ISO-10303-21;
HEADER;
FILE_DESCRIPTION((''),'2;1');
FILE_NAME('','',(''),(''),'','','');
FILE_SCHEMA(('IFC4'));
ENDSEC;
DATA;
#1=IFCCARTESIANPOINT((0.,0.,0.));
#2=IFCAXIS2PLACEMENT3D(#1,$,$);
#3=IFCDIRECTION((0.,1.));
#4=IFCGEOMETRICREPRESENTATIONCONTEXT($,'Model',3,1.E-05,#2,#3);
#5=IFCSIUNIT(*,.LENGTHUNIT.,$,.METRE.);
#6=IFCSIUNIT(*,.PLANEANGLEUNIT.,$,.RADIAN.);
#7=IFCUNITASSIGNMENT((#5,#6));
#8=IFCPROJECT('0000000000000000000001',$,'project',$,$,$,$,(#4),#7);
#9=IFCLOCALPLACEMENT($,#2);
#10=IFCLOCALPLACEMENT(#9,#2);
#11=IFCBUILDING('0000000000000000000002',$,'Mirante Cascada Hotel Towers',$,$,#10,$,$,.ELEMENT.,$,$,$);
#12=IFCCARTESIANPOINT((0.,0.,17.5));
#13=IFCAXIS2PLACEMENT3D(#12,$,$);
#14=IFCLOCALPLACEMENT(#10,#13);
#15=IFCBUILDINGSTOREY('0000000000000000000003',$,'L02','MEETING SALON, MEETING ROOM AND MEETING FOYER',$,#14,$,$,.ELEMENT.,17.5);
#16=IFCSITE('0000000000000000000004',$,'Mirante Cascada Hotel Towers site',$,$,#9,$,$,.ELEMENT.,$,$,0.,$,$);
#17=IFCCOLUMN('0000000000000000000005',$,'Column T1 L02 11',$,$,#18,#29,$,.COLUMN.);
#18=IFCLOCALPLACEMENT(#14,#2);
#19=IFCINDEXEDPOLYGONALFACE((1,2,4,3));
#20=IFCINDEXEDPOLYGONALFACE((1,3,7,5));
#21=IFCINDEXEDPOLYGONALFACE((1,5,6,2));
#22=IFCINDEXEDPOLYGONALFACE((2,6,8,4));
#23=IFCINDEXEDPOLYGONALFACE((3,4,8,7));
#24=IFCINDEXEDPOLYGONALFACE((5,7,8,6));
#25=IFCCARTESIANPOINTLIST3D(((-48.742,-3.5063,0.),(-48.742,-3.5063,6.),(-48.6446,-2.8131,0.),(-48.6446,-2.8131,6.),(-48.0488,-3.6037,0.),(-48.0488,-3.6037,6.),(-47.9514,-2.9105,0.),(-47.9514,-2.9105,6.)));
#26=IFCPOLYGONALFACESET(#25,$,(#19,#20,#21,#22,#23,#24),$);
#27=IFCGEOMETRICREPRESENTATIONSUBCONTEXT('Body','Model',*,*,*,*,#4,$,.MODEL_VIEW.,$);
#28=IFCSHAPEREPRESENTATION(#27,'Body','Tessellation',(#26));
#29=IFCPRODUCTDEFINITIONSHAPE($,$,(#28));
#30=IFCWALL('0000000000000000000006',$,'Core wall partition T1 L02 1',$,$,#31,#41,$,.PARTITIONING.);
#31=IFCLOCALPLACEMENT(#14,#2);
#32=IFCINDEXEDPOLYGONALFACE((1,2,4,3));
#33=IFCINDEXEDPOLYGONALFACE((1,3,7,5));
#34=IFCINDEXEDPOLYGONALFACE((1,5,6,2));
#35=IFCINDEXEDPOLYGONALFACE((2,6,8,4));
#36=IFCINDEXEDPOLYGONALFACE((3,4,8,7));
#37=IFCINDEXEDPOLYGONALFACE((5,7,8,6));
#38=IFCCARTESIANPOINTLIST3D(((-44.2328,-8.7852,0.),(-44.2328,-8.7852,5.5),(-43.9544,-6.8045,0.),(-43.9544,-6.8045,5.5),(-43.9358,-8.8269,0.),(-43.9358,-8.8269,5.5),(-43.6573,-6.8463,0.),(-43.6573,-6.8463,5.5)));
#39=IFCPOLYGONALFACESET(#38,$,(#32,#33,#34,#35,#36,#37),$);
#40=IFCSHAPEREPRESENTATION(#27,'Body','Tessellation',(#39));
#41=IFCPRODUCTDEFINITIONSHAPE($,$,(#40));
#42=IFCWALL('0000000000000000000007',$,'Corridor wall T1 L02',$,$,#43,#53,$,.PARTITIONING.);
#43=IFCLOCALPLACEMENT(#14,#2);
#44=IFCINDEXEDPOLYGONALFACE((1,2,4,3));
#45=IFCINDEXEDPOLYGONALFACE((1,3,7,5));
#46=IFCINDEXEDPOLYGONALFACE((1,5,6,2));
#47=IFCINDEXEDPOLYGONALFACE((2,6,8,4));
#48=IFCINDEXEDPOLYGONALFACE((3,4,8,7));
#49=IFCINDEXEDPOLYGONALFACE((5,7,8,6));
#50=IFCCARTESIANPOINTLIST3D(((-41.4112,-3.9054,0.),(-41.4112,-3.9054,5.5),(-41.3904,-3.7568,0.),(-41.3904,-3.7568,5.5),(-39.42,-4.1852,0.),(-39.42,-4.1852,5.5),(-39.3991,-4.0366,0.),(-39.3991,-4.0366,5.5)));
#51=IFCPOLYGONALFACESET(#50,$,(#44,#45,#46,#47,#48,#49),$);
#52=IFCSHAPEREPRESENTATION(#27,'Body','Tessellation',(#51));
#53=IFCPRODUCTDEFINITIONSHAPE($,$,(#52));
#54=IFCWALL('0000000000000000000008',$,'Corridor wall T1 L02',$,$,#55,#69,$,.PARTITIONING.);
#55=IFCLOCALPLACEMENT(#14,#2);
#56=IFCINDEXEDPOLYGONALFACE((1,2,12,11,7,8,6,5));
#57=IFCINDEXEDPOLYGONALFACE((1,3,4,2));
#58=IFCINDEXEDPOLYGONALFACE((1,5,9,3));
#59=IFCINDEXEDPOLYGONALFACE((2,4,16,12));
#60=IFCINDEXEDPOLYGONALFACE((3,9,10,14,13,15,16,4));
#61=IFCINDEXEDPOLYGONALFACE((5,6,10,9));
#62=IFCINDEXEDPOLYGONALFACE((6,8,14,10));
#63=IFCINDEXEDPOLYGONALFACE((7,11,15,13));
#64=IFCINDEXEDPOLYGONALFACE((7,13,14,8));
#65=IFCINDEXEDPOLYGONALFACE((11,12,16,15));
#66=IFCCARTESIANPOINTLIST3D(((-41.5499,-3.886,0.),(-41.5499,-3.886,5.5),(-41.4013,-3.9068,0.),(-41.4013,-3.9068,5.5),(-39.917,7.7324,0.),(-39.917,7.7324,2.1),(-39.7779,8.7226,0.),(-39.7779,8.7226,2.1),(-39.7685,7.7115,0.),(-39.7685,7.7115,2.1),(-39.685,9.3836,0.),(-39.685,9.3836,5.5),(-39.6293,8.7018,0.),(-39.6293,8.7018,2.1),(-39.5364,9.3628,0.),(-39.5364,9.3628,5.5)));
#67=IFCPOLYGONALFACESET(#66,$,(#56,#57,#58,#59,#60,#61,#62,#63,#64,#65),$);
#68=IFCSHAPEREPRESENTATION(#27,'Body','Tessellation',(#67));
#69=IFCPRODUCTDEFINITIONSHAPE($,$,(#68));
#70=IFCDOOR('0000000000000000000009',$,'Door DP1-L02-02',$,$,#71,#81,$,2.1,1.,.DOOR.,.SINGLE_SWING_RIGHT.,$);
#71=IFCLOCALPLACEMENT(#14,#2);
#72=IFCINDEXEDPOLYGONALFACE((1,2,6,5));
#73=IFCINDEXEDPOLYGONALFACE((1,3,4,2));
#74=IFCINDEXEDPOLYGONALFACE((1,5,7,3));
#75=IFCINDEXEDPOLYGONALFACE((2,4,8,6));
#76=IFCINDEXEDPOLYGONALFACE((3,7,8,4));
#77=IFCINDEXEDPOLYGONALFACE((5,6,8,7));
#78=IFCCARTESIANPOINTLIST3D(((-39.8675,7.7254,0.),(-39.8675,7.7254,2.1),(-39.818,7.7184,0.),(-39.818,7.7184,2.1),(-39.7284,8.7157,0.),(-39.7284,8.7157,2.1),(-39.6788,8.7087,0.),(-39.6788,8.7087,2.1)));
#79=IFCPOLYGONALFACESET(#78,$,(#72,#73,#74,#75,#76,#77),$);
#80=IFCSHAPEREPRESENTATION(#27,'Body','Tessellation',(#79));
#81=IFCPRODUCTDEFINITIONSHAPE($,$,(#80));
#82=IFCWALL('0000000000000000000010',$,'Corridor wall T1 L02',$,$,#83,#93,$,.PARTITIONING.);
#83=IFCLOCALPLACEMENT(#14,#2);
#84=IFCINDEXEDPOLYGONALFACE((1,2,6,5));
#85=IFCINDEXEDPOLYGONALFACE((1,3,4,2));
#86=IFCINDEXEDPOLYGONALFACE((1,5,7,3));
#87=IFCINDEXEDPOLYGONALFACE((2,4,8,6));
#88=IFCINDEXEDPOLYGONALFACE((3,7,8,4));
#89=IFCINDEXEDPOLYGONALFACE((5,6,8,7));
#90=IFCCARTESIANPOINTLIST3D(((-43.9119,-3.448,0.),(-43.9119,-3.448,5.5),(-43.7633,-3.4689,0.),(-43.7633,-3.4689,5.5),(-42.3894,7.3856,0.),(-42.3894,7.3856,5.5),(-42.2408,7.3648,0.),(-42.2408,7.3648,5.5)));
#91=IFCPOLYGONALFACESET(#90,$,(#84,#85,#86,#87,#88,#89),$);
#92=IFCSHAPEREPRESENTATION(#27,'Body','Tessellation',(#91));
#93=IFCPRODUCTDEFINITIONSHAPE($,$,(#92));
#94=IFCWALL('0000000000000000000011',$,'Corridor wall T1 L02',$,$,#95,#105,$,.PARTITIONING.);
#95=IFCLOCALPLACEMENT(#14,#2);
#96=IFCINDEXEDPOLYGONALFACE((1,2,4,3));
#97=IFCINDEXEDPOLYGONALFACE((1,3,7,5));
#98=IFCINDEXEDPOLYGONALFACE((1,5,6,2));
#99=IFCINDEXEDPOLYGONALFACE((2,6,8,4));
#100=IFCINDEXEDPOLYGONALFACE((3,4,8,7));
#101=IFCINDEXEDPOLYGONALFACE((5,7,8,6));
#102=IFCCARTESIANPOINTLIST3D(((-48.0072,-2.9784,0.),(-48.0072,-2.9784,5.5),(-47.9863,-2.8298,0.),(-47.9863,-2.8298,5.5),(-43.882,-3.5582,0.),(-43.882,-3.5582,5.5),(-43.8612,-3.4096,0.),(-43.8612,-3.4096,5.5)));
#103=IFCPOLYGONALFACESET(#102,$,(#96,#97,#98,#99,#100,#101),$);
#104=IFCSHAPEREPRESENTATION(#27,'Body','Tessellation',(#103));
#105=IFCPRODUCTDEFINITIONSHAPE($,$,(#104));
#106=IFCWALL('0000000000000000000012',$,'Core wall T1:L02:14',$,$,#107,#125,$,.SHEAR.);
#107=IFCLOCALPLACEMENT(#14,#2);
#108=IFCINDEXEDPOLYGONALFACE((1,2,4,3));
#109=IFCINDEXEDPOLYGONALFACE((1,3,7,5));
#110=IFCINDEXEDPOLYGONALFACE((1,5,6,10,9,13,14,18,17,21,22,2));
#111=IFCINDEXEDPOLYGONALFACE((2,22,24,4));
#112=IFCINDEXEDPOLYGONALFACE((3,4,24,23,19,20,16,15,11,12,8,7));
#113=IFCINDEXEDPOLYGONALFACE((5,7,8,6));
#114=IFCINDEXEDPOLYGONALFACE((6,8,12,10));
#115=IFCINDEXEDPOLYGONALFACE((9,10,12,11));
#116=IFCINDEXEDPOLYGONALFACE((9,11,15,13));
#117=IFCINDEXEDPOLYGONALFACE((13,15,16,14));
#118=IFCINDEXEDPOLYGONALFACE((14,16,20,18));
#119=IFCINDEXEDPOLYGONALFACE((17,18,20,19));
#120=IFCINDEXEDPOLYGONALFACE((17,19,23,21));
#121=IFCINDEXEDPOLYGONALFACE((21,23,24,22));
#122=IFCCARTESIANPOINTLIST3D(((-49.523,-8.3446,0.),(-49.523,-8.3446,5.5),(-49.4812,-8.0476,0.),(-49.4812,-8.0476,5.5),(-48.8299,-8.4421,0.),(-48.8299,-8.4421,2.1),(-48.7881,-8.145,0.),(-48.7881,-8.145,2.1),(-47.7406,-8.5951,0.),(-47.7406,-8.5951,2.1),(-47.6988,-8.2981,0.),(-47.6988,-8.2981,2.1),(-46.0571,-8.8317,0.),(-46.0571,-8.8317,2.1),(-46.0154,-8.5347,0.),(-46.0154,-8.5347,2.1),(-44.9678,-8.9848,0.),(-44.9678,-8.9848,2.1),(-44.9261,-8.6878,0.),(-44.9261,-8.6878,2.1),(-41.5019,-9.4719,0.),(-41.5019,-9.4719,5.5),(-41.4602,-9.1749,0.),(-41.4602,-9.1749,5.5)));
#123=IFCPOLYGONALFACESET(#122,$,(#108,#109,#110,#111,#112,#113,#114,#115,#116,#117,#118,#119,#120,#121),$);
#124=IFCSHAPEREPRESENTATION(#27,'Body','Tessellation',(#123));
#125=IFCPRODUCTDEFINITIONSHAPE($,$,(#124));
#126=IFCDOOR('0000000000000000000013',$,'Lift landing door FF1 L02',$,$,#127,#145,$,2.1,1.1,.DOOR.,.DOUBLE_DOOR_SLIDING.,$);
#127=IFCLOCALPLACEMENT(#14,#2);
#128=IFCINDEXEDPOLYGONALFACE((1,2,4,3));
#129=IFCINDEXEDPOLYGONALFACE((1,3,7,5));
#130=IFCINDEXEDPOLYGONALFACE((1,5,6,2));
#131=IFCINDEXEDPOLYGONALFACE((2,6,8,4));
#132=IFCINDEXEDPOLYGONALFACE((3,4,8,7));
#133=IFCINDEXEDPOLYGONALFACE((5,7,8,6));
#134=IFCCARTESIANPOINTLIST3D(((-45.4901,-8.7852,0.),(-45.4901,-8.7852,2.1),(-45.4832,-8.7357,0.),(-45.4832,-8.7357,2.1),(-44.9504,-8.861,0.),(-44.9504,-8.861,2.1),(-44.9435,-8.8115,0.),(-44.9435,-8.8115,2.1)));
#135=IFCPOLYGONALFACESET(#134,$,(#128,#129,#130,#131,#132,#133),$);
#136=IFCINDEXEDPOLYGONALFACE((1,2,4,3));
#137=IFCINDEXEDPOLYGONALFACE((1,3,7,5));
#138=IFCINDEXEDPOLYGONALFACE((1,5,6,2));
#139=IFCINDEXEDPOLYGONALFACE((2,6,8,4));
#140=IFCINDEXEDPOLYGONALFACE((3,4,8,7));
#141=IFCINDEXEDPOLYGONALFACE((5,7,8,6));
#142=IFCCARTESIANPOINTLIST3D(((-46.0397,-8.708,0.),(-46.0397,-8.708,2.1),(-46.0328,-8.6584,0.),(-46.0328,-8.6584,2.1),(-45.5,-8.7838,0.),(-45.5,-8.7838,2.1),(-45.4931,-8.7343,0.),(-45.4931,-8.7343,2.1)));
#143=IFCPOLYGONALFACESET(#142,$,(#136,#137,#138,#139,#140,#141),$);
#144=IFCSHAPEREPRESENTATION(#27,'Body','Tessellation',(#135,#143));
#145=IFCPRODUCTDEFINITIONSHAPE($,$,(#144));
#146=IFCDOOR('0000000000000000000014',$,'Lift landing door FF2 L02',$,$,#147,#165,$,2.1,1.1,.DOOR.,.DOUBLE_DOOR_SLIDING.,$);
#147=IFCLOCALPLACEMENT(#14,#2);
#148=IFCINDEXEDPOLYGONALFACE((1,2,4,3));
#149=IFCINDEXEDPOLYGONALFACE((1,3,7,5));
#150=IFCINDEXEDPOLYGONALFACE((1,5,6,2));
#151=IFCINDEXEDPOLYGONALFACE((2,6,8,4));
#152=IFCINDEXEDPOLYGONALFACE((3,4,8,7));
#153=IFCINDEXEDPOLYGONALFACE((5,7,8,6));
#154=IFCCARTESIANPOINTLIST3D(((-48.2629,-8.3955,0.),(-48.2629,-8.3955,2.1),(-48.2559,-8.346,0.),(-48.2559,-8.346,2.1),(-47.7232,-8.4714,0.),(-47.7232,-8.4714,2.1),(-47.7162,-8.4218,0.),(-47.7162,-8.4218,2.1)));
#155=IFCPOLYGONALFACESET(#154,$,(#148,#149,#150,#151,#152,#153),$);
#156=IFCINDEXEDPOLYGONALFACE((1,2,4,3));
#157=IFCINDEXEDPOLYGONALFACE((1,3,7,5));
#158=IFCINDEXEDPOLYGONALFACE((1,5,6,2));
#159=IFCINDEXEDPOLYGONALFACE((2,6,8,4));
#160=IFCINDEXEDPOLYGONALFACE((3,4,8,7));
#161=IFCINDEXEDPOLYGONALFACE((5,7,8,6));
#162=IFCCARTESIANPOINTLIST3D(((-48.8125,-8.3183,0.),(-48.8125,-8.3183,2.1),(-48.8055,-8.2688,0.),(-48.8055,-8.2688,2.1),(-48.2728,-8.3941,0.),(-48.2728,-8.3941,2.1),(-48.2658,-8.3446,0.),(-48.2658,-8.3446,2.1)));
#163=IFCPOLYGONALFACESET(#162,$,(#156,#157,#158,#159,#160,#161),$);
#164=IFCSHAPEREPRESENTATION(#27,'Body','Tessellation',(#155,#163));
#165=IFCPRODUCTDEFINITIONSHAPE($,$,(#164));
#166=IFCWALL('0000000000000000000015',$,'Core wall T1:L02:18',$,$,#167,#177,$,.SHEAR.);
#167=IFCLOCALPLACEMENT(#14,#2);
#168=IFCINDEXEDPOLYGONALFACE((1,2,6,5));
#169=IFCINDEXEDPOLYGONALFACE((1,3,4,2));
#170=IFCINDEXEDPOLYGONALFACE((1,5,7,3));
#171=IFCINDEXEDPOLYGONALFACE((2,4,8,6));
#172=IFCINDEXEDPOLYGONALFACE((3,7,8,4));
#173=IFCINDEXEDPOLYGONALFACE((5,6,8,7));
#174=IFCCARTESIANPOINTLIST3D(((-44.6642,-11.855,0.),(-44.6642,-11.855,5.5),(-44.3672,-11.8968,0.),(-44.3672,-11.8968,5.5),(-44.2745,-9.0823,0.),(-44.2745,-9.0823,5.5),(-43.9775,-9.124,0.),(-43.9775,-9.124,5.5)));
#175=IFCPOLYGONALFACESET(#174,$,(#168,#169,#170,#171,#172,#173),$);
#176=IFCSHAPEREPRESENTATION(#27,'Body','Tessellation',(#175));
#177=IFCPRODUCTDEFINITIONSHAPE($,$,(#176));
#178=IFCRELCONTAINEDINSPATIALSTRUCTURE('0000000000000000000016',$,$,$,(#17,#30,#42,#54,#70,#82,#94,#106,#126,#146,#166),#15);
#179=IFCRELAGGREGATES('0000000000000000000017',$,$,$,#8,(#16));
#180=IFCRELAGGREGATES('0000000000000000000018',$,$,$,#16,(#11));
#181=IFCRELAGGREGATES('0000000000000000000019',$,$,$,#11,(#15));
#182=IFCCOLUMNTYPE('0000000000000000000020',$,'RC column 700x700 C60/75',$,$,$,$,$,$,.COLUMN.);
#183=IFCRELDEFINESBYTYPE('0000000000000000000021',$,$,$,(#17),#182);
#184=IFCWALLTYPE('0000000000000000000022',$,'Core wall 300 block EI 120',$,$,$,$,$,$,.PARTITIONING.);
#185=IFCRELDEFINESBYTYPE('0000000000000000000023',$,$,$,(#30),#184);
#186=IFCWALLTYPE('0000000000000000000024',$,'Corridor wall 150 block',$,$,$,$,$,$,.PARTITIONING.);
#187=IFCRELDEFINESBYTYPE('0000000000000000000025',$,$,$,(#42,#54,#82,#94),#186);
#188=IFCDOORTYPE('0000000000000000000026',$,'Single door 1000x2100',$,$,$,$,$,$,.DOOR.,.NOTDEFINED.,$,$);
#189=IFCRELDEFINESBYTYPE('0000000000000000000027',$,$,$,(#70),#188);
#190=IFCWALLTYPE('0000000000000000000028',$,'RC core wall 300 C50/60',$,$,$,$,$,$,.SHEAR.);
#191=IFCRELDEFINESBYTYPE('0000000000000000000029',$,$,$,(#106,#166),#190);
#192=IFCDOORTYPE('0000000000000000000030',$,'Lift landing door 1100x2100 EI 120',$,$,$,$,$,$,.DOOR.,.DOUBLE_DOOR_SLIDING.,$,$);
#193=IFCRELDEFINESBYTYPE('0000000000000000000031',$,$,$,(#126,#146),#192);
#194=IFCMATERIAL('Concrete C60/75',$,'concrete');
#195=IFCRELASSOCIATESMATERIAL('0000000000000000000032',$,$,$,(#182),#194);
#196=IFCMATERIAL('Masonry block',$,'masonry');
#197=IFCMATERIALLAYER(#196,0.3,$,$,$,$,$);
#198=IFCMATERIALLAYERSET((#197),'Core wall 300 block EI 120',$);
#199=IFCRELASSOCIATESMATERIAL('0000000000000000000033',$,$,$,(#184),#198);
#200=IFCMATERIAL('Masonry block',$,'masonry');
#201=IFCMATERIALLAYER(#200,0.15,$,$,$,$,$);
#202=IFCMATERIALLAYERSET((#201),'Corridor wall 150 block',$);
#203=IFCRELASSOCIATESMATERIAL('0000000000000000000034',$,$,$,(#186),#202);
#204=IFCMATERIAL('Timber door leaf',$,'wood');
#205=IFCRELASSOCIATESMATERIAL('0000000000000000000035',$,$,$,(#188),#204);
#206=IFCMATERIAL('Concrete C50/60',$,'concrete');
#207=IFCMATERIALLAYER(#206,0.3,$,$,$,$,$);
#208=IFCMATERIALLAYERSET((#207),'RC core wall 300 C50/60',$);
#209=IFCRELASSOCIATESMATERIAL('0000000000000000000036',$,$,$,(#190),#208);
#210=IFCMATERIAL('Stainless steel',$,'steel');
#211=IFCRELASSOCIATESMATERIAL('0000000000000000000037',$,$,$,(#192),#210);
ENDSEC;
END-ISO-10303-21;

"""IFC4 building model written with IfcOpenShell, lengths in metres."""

from ifc_helpers import new_model, si_unit, direction, frame, frame_2d, origin, origin_2d, place, context, subcontext, project, spatial, rectangle, extrude, material, layer, layer_set, material_profile, profile_set, type_object, element, fill, save


model = new_model("IFC4")

# Units and contexts
model_context = context("Model", 3, precision=1e-05, world=origin(), true_north=direction((0.0, 1.0)))
body_context = subcontext(model_context, "Body", "Model", "MODEL_VIEW")
ifc_project = project(units=[si_unit("LENGTHUNIT", "METRE"), si_unit("PLANEANGLEUNIT", "RADIAN")], contexts=[model_context])

# Site, building, storey
site_placement = place(None, origin())
site = spatial("IfcSite", under=ifc_project, at=site_placement, Name="Mirante Cascada Hotel Towers site", CompositionType="ELEMENT", RefElevation=0.0)
building_placement = place(site_placement, origin())
building = spatial("IfcBuilding", under=site, at=building_placement, Name="Mirante Cascada Hotel Towers", CompositionType="ELEMENT")
storey_placement = place(building_placement, frame((0.0, 0.0, 17.5)))
storey = spatial("IfcBuildingStorey", under=building, at=storey_placement, Name="L02", Description="MEETING SALON, MEETING ROOM AND MEETING FOYER", CompositionType="ELEMENT", Elevation=17.5)

# Column
ifc_material_1 = material(Name="Concrete C60/75", Category="concrete")
ifc_material_profile = material_profile(ifc_material_1, rectangle(XDim=0.7, YDim=0.7, at=origin_2d()), Name="RC column 700x700 C60/75")
ifc_profile_set = profile_set([ifc_material_profile], Name="Concrete C60/75")
column_type = type_object("IfcColumnType", Name="RC column 700x700 C60/75", PredefinedType="COLUMN", material=ifc_profile_set)
column_placement = place(storey_placement, frame((-48.3467, -3.2084, 0.0), z_axis=(0.0, 0.0, 1.0), x_axis=(-0.990268, 0.139173, 0.0)))
element("IfcColumn", 1, at=column_placement, inside=storey, type_object=column_type, Name="Column T1 L02 11", PredefinedType="COLUMN", context=body_context, shape_type="SweptSolid", body=[
    extrude(rectangle(XDim=0.7, YDim=0.7, at=origin_2d()), origin(), (0.0, 0.0, 1.0), 6.0),
])

# Walls
ifc_material_2 = material(Name="Masonry block", Category="masonry")
ifc_layer_1 = layer(ifc_material_2, 0.3)
ifc_layer_set_1 = layer_set([ifc_layer_1], Name="Core wall 300 block EI 120")
wall_type_1 = type_object("IfcWallType", Name="Core wall 300 block EI 120", PredefinedType="PARTITIONING", material=ifc_layer_set_1)
wall_1_placement = place(storey_placement, frame((-44.0843, -8.8061, 0.0), z_axis=(0.0, 0.0, 1.0), x_axis=(0.139195, 0.990265, 0.0)))
element("IfcWall", 2, at=wall_1_placement, inside=storey, type_object=wall_type_1, Name="Core wall partition T1 L02 1", PredefinedType="PARTITIONING", context=body_context, shape_type="SweptSolid", body=[
    extrude(rectangle(XDim=2.0001, YDim=0.3, at=frame_2d((1.0001, 0.0))), origin(), (0.0, 0.0, 1.0), 5.5),
])
ifc_material_3 = material(Name="Masonry block", Category="masonry")
ifc_layer_2 = layer(ifc_material_3, 0.15)
ifc_layer_set_2 = layer_set([ifc_layer_2], Name="Corridor wall 150 block")
wall_type_2 = type_object("IfcWallType", Name="Corridor wall 150 block", PredefinedType="PARTITIONING", material=ifc_layer_set_2)
wall_2_placement = place(storey_placement, frame((-41.4008, -3.8311, 0.0), z_axis=(0.0, 0.0, 1.0), x_axis=(0.990271, -0.139151, 0.0)))
element("IfcWall", 3, at=wall_2_placement, inside=storey, type_object=wall_type_2, Name="Corridor wall T1 L02", PredefinedType="PARTITIONING", context=body_context, shape_type="SweptSolid", body=[
    extrude(rectangle(XDim=2.0108, YDim=0.15, at=frame_2d((1.0054, 0.0))), origin(), (0.0, 0.0, 1.0), 5.5),
])

# Wall, opening, door
wall_3_placement = place(storey_placement, frame((-41.4756, -3.8964, 0.0), z_axis=(0.0, 0.0, 1.0), x_axis=(0.139172, 0.990268, 0.0)))
wall_3 = element("IfcWall", 4, at=wall_3_placement, inside=storey, type_object=wall_type_2, Name="Corridor wall T1 L02", PredefinedType="PARTITIONING", context=body_context, shape_type="SweptSolid", body=[
    extrude(rectangle(XDim=13.4, YDim=0.15, at=frame_2d((6.7, 0.0))), origin(), (0.0, 0.0, 1.0), 5.5),
])
opening_1_placement = place(wall_3_placement, frame((11.7325, 0.0, 0.0)))
opening_1 = element("IfcOpeningElement", 5, at=opening_1_placement, cuts=wall_3, PredefinedType="OPENING", context=body_context, shape_type="SweptSolid", body=[
    extrude(rectangle(XDim=1.0, YDim=2.1, at=frame_2d((0.5, 1.05))), frame((0.0, 0.075, 0.0), z_axis=(0.0, -1.0, 0.0), x_axis=(1.0, 0.0, 0.0)), (0.0, 0.0, 1.0), 0.15),
])
ifc_material_4 = material(Name="Timber door leaf", Category="wood")
door_type_1 = type_object("IfcDoorType", Name="Single door 1000x2100", OperationType="NOTDEFINED", PredefinedType="DOOR", material=ifc_material_4)
door_1_placement = place(opening_1_placement, frame((1.0, 0.0, 0.0), z_axis=(0.0, 0.0, 1.0), x_axis=(-1.0, 0.0, 0.0)))
door_1 = element("IfcDoor", 6, at=door_1_placement, inside=storey, type_object=door_type_1, Name="Door DP1-L02-02", OperationType="SINGLE_SWING_RIGHT", OverallHeight=2.1, OverallWidth=1.0, PredefinedType="DOOR", context=body_context, shape_type="SweptSolid", body=[
    extrude(rectangle(XDim=1.0, YDim=2.1, at=frame_2d((0.5, 1.05))), frame((0.0, 0.025, 0.0), z_axis=(0.0, -1.0, 0.0), x_axis=(1.0, 0.0, 0.0)), (0.0, 0.0, 1.0), 0.05),
])
fill(opening_1, door_1)

# Walls
wall_4_placement = place(storey_placement, frame((-43.8376, -3.4584, 0.0), z_axis=(0.0, 0.0, 1.0), x_axis=(0.139167, 0.990269, 0.0)))
element("IfcWall", 7, at=wall_4_placement, inside=storey, type_object=wall_type_2, Name="Corridor wall T1 L02", PredefinedType="PARTITIONING", context=body_context, shape_type="SweptSolid", body=[
    extrude(rectangle(XDim=10.9401, YDim=0.15, at=frame_2d((5.47, 0.0))), origin(), (0.0, 0.0, 1.0), 5.5),
])
wall_5_placement = place(storey_placement, frame((-47.9967, -2.9041, 0.0), z_axis=(0.0, 0.0, 1.0), x_axis=(0.990267, -0.139183, 0.0)))
element("IfcWall", 8, at=wall_5_placement, inside=storey, type_object=wall_type_2, Name="Corridor wall T1 L02", PredefinedType="PARTITIONING", context=body_context, shape_type="SweptSolid", body=[
    extrude(rectangle(XDim=4.1657, YDim=0.15, at=frame_2d((2.0828, 0.0))), origin(), (0.0, 0.0, 1.0), 5.5),
])

# Wall, openings, doors
ifc_material_5 = material(Name="Concrete C50/60", Category="concrete")
ifc_layer_3 = layer(ifc_material_5, 0.3)
ifc_layer_set_3 = layer_set([ifc_layer_3], Name="RC core wall 300 C50/60")
wall_type_3 = type_object("IfcWallType", Name="RC core wall 300 C50/60", PredefinedType="SHEAR", material=ifc_layer_set_3)
wall_6_placement = place(storey_placement, frame((-41.481, -9.3234, 0.0), z_axis=(0.0, 0.0, 1.0), x_axis=(-0.990268, 0.139174, 0.0)))
wall_6 = element("IfcWall", 9, at=wall_6_placement, inside=storey, type_object=wall_type_3, Name="Core wall T1:L02:14", PredefinedType="SHEAR", context=body_context, shape_type="SweptSolid", body=[
    extrude(rectangle(XDim=8.0999, YDim=0.3, at=frame_2d((4.05, 0.0))), origin(), (0.0, 0.0, 1.0), 5.5),
])
opening_2_placement = place(wall_6_placement, frame((3.5, 0.0, 0.0)))
opening_2 = element("IfcOpeningElement", 10, at=opening_2_placement, cuts=wall_6, PredefinedType="OPENING", context=body_context, shape_type="SweptSolid", body=[
    extrude(rectangle(XDim=1.1, YDim=2.1, at=frame_2d((0.55, 1.05))), frame((0.0, 0.15, 0.0), z_axis=(0.0, -1.0, 0.0), x_axis=(1.0, 0.0, 0.0)), (0.0, 0.0, 1.0), 0.3),
])
opening_3_placement = place(wall_6_placement, frame((6.3, 0.0, 0.0)))
opening_3 = element("IfcOpeningElement", 11, at=opening_3_placement, cuts=wall_6, PredefinedType="OPENING", context=body_context, shape_type="SweptSolid", body=[
    extrude(rectangle(XDim=1.1, YDim=2.1, at=frame_2d((0.55, 1.05))), frame((0.0, 0.15, 0.0), z_axis=(0.0, -1.0, 0.0), x_axis=(1.0, 0.0, 0.0)), (0.0, 0.0, 1.0), 0.3),
])
ifc_material_6 = material(Name="Stainless steel", Category="steel")
door_type_2 = type_object("IfcDoorType", Name="Lift landing door 1100x2100 EI 120", OperationType="DOUBLE_DOOR_SLIDING", PredefinedType="DOOR", material=ifc_material_6)
door_2_placement = place(opening_2_placement, origin())
door_2 = element("IfcDoor", 12, at=door_2_placement, inside=storey, type_object=door_type_2, Name="Lift landing door FF1 L02", OperationType="DOUBLE_DOOR_SLIDING", OverallHeight=2.1, OverallWidth=1.1, PredefinedType="DOOR", context=body_context, shape_type="SweptSolid", body=[
    extrude(rectangle(XDim=0.545, YDim=2.1, at=frame_2d((0.2725, 1.05))), frame((0.0, 0.025, 0.0), z_axis=(0.0, -1.0, 0.0), x_axis=(1.0, 0.0, 0.0)), (0.0, 0.0, 1.0), 0.05),
    extrude(rectangle(XDim=0.545, YDim=2.1, at=frame_2d((0.8275, 1.05))), frame((0.0, 0.025, 0.0), z_axis=(0.0, -1.0, 0.0), x_axis=(1.0, 0.0, 0.0)), (0.0, 0.0, 1.0), 0.05),
])
fill(opening_2, door_2)
door_3_placement = place(opening_3_placement, origin())
door_3 = element("IfcDoor", 13, at=door_3_placement, inside=storey, type_object=door_type_2, Name="Lift landing door FF2 L02", OperationType="DOUBLE_DOOR_SLIDING", OverallHeight=2.1, OverallWidth=1.1, PredefinedType="DOOR", context=body_context, shape_type="SweptSolid", body=[
    extrude(rectangle(XDim=0.545, YDim=2.1, at=frame_2d((0.2725, 1.05))), frame((0.0, 0.025, 0.0), z_axis=(0.0, -1.0, 0.0), x_axis=(1.0, 0.0, 0.0)), (0.0, 0.0, 1.0), 0.05),
    extrude(rectangle(XDim=0.545, YDim=2.1, at=frame_2d((0.8275, 1.05))), frame((0.0, 0.025, 0.0), z_axis=(0.0, -1.0, 0.0), x_axis=(1.0, 0.0, 0.0)), (0.0, 0.0, 1.0), 0.05),
])
fill(opening_3, door_3)

# Wall
for number, where, z_axis, x_axis, name in (
    (14, (-44.5157, -11.8759, 0.0), (0.0, 0.0, 1.0), (0.139181, 0.990267, 0.0), "Core wall T1:L02:18"),
):
    element("IfcWall", number, at=place(storey_placement, frame(where, z_axis=z_axis, x_axis=x_axis)), inside=storey, type_object=wall_type_3, Name=name, PredefinedType="SHEAR", context=body_context, shape_type="SweptSolid", body=[
        extrude(rectangle(XDim=2.8, YDim=0.3, at=frame_2d((1.4, 0.0))), origin(), (0.0, 0.0, 1.0), 5.5),
    ])

save(model, "model.ifc")
